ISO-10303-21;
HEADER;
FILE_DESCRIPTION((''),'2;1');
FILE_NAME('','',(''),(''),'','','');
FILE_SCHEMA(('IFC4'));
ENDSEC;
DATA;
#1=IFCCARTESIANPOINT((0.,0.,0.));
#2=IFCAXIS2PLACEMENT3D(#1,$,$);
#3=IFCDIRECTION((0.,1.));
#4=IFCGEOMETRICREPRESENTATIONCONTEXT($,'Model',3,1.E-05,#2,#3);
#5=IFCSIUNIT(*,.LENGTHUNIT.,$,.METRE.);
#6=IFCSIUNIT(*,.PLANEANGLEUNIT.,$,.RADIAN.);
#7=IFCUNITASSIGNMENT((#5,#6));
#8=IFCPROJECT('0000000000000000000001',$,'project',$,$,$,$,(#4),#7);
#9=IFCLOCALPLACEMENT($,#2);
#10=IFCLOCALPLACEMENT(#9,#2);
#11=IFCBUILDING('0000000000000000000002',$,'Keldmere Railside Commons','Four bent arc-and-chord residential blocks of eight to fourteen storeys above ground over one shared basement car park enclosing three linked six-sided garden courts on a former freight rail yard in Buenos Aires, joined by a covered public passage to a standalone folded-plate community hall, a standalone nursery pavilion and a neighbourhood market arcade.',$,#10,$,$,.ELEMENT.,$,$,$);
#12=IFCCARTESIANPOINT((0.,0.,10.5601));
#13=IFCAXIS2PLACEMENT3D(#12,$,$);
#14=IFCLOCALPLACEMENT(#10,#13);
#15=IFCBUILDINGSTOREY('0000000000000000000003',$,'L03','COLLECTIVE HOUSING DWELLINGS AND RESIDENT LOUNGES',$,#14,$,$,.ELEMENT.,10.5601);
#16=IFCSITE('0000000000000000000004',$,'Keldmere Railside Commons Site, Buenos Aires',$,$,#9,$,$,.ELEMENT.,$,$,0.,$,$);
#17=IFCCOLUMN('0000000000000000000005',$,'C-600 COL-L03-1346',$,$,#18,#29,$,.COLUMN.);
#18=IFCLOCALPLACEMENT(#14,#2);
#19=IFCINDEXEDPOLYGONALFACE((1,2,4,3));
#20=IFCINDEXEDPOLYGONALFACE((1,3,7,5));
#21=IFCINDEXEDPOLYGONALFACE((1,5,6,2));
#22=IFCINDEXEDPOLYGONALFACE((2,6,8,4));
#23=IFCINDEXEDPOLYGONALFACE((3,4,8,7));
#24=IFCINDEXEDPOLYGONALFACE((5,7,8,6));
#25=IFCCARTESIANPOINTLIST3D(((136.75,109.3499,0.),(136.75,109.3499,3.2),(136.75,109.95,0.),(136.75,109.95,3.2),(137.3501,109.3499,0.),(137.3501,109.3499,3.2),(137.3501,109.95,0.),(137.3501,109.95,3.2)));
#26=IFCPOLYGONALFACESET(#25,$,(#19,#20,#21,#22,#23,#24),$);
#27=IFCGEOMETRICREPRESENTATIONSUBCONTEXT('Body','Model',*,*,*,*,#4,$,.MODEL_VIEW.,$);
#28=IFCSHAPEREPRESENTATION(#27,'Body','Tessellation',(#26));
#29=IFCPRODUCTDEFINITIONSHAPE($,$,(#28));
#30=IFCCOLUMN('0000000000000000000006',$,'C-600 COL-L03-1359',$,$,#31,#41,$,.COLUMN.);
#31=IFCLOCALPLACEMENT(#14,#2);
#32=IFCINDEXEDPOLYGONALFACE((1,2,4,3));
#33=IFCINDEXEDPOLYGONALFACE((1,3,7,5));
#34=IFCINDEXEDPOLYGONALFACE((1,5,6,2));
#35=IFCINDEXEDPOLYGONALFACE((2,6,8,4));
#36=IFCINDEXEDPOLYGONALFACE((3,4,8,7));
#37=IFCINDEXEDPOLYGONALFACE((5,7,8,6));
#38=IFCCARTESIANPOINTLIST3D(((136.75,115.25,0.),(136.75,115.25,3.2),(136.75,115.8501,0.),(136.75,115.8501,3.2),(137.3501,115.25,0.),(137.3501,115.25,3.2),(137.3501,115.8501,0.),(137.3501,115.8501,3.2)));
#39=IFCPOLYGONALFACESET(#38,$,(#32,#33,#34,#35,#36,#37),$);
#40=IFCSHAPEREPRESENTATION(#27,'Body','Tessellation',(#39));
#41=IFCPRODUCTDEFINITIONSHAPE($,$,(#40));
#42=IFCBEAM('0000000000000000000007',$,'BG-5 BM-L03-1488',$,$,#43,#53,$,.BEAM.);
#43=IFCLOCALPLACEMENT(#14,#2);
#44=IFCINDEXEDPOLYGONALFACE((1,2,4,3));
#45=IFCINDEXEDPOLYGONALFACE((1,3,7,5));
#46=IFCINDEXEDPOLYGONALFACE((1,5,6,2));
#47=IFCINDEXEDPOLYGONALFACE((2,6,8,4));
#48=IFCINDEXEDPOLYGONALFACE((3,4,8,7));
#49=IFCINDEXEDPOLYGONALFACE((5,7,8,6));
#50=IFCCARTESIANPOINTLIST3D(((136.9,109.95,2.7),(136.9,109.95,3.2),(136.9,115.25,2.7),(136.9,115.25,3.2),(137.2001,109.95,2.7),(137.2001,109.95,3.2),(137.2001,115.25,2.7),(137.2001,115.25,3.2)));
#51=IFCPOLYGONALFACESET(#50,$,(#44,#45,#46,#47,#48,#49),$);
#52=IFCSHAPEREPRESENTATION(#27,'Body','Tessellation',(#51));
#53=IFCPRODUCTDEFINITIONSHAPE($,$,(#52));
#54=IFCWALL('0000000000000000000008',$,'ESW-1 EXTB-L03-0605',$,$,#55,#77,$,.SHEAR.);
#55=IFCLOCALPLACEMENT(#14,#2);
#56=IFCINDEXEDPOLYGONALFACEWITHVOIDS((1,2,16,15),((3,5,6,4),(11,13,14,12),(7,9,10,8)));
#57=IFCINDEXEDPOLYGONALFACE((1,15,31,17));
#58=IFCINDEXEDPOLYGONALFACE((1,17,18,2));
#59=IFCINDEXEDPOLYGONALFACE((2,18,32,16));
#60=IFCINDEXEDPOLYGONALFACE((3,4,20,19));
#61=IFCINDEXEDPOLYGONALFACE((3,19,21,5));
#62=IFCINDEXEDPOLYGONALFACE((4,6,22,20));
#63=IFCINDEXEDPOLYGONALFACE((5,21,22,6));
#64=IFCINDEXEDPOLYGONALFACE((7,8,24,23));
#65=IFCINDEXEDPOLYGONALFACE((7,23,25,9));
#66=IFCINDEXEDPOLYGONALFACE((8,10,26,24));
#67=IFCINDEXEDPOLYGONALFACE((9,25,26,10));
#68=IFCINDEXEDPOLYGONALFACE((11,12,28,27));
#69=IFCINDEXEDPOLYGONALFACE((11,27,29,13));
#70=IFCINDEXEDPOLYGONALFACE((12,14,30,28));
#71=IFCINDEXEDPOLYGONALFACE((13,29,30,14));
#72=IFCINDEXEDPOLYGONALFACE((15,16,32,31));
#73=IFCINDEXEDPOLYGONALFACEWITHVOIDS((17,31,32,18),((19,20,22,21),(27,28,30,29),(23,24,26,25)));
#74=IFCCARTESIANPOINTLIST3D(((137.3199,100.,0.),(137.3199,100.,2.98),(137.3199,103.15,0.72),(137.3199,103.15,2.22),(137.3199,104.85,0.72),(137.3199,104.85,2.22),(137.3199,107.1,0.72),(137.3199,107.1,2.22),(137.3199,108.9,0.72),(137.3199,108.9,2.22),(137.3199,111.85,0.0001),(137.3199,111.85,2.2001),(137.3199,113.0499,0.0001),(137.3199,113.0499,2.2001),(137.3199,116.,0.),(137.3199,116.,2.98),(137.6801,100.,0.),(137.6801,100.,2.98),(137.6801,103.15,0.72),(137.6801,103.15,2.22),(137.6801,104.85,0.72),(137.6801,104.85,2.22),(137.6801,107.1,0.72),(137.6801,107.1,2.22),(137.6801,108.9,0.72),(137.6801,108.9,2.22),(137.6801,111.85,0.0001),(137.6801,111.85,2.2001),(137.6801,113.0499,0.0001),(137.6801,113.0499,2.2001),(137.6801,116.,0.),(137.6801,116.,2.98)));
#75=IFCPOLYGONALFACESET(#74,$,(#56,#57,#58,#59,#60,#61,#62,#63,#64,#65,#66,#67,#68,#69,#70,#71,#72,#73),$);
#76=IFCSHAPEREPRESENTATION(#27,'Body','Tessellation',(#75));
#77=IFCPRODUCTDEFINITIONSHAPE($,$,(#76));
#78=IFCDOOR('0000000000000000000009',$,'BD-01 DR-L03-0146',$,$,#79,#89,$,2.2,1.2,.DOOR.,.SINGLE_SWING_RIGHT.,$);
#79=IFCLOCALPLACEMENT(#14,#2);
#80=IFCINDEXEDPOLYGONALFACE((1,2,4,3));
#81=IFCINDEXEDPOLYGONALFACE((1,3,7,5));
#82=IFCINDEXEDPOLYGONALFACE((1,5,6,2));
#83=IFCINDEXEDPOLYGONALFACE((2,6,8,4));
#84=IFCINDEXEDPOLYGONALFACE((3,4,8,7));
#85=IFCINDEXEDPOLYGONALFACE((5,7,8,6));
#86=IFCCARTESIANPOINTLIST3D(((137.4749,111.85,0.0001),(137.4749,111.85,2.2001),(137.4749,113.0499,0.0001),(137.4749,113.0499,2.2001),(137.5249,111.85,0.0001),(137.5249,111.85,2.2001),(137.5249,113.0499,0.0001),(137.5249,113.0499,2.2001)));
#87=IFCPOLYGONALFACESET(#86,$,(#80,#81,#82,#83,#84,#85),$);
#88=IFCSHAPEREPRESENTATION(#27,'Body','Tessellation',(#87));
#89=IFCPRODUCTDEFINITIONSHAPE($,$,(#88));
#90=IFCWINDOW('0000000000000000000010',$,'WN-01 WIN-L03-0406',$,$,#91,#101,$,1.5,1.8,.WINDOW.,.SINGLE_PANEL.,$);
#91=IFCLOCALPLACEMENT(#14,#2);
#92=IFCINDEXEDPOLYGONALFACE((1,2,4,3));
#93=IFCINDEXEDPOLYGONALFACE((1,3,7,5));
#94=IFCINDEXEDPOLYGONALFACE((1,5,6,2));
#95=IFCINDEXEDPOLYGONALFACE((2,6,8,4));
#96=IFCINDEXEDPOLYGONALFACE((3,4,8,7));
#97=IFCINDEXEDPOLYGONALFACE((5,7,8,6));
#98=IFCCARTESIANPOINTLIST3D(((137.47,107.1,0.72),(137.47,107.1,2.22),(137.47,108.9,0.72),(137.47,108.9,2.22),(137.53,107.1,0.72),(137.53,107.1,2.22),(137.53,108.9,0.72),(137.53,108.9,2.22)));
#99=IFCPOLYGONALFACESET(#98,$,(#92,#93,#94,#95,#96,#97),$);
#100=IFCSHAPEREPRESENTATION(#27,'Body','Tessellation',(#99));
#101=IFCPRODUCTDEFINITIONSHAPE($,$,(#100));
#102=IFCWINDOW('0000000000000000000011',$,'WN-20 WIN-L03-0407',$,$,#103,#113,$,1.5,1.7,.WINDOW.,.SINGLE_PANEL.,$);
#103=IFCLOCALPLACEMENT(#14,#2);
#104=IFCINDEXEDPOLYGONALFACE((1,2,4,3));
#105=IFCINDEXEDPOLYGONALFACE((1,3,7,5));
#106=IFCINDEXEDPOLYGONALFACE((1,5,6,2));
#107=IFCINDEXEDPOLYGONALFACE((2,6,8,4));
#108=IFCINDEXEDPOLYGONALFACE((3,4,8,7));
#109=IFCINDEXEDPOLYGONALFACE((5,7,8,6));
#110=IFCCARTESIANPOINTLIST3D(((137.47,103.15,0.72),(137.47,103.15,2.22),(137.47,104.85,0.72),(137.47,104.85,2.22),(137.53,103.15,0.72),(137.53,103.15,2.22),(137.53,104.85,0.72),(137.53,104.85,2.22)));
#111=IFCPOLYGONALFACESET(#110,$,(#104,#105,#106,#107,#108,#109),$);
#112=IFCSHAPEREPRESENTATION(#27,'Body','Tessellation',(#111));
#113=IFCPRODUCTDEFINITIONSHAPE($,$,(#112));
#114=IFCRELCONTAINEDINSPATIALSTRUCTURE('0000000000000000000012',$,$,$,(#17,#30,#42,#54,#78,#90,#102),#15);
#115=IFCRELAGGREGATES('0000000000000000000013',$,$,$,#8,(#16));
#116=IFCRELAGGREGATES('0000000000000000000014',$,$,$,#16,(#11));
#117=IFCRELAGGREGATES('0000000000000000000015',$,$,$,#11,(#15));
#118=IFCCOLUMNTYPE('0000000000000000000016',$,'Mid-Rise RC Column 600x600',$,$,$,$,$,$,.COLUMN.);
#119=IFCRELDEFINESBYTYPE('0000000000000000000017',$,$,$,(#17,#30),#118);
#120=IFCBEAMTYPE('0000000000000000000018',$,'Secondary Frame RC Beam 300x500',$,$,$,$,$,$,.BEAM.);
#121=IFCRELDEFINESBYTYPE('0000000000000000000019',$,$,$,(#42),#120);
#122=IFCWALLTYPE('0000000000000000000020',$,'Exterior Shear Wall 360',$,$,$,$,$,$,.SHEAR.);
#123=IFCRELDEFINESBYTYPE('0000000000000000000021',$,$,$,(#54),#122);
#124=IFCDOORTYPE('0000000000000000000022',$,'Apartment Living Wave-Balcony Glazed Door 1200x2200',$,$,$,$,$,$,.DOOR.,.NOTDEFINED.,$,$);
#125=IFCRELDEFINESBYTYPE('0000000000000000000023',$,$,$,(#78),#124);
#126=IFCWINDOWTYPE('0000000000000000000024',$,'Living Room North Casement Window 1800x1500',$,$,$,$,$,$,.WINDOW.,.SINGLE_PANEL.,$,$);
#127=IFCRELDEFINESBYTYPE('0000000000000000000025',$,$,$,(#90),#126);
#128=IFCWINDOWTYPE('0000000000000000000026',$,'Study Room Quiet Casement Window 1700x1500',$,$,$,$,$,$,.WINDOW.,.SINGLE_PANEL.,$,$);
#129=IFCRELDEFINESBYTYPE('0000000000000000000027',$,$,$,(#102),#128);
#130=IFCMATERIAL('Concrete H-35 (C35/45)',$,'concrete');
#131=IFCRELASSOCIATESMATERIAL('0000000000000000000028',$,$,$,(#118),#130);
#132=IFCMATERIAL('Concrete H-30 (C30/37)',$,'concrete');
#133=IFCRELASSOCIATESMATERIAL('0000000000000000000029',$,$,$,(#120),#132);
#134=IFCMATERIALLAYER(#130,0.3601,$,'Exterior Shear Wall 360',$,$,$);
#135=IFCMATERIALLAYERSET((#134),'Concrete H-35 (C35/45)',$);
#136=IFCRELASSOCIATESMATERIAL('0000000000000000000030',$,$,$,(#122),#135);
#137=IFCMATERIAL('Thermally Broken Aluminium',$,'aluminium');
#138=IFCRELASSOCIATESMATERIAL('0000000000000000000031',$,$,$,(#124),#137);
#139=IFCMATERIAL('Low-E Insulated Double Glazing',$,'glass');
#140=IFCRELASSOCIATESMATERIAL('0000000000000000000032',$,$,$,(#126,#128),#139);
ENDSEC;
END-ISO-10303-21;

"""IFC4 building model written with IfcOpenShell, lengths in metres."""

from ifc_helpers import new_model, si_unit, direction, frame, frame_2d, origin, origin_2d, place, context, subcontext, project, spatial, rectangle, extrude, material, layer, layer_set, material_profile, profile_set, type_object, element, fill, save


model = new_model("IFC4")

# Units and contexts
model_context = context("Model", 3, precision=1e-05, world=origin(), true_north=direction((0.0, 1.0)))
body_context = subcontext(model_context, "Body", "Model", "MODEL_VIEW")
ifc_project = project(units=[si_unit("LENGTHUNIT", "METRE"), si_unit("PLANEANGLEUNIT", "RADIAN")], contexts=[model_context])

# Site, building, storey
site_placement = place(None, origin())
site = spatial("IfcSite", under=ifc_project, at=site_placement, Name="Keldmere Railside Commons Site, Buenos Aires", CompositionType="ELEMENT", RefElevation=0.0)
building_placement = place(site_placement, origin())
building = spatial("IfcBuilding", under=site, at=building_placement, Name="Keldmere Railside Commons", Description="Four bent arc-and-chord residential blocks of eight to fourteen storeys above ground over one shared basement car park enclosing three linked six-sided garden courts on a former freight rail yard in Buenos Aires, joined by a covered public passage to a standalone folded-plate community hall, a standalone nursery pavilion and a neighbourhood market arcade.", CompositionType="ELEMENT")
storey_placement = place(building_placement, frame((0.0, 0.0, 10.5601)))
storey = spatial("IfcBuildingStorey", under=building, at=storey_placement, Name="L03", Description="COLLECTIVE HOUSING DWELLINGS AND RESIDENT LOUNGES", CompositionType="ELEMENT", Elevation=10.5601)

# Columns
ifc_material_1 = material(Name="Concrete H-35 (C35/45)", Category="concrete")
ifc_material_profile_1 = material_profile(ifc_material_1, rectangle(XDim=0.6001, YDim=0.6001, at=origin_2d()), Name="RC-600x600")
ifc_profile_set_1 = profile_set([ifc_material_profile_1], Name="Concrete H-35 (C35/45)")
column_type = type_object("IfcColumnType", Name="Mid-Rise RC Column 600x600", PredefinedType="COLUMN", material=ifc_profile_set_1)
for number, where, z_axis, x_axis, name in (
    (1, (137.05, 109.6499, 0.0), (0.0, 0.0, 1.0), (1.0, 0.0, 0.0), "C-600 COL-L03-1346"),
    (2, (137.05, 115.55, 0.0), (0.0, 0.0, 1.0), (1.0, 0.0, 0.0), "C-600 COL-L03-1359"),
):
    element("IfcColumn", number, at=place(storey_placement, frame(where, z_axis=z_axis, x_axis=x_axis)), inside=storey, type_object=column_type, Name=name, PredefinedType="COLUMN", context=body_context, shape_type="SweptSolid", body=[
        extrude(rectangle(XDim=0.6001, YDim=0.6001, at=origin_2d()), origin(), (0.0, 0.0, 1.0), 3.2),
    ])

# Beam
ifc_material_2 = material(Name="Concrete H-30 (C30/37)", Category="concrete")
ifc_material_profile_2 = material_profile(ifc_material_2, rectangle(XDim=0.3, YDim=0.5, at=origin_2d()), Name="RC-300x500")
ifc_profile_set_2 = profile_set([ifc_material_profile_2], Name="Concrete H-30 (C30/37)")
beam_type = type_object("IfcBeamType", Name="Secondary Frame RC Beam 300x500", PredefinedType="BEAM", material=ifc_profile_set_2)
beam_placement = place(storey_placement, frame((137.05, 109.95, 2.95), z_axis=(0.0, 1.0, 0.0), x_axis=(-1.0, 0.0, 0.0)))
element("IfcBeam", 3, at=beam_placement, inside=storey, type_object=beam_type, Name="BG-5 BM-L03-1488", PredefinedType="BEAM", context=body_context, shape_type="SweptSolid", body=[
    extrude(rectangle(XDim=0.3, YDim=0.5, at=origin_2d()), origin(), (0.0, 0.0, 1.0), 5.3),
])

# Wall, openings, door, windows
ifc_layer = layer(ifc_material_1, 0.3601, Name="Exterior Shear Wall 360")
ifc_layer_set = layer_set([ifc_layer], Name="Concrete H-35 (C35/45)")
wall_type = type_object("IfcWallType", Name="Exterior Shear Wall 360", PredefinedType="SHEAR", material=ifc_layer_set)
wall_placement = place(storey_placement, frame((137.5, 116.0, 0.0), z_axis=(0.0, 0.0, 1.0), x_axis=(0.0, -1.0, 0.0)))
wall = element("IfcWall", 4, at=wall_placement, inside=storey, type_object=wall_type, Name="ESW-1 EXTB-L03-0605", PredefinedType="SHEAR", context=body_context, shape_type="SweptSolid", body=[
    extrude(rectangle(XDim=16.0, YDim=0.3601, at=frame_2d((8.0, 0.0))), origin(), (0.0, 0.0, 1.0), 2.98),
])
opening_1_placement = place(wall_placement, frame((2.95, 0.0, 0.0)))
opening_1 = element("IfcOpeningElement", 5, at=opening_1_placement, cuts=wall, PredefinedType="OPENING", context=body_context, shape_type="SweptSolid", body=[
    extrude(rectangle(XDim=1.2, YDim=2.2, at=frame_2d((0.6001, 1.1001))), frame((0.0, 0.1899, 0.0), z_axis=(0.0, -1.0, 0.0), x_axis=(1.0, 0.0, 0.0)), (0.0, 0.0, 1.0), 0.3801),
])
opening_2_placement = place(wall_placement, frame((7.1001, 0.0, 0.72)))
opening_2 = element("IfcOpeningElement", 6, at=opening_2_placement, cuts=wall, PredefinedType="OPENING", context=body_context, shape_type="SweptSolid", body=[
    extrude(rectangle(XDim=1.8, YDim=1.5, at=frame_2d((0.8999, 0.75))), frame((0.0, 0.1899, 0.0), z_axis=(0.0, -1.0, 0.0), x_axis=(1.0, 0.0, 0.0)), (0.0, 0.0, 1.0), 0.3801),
])
opening_3_placement = place(wall_placement, frame((11.1499, 0.0, 0.72)))
opening_3 = element("IfcOpeningElement", 7, at=opening_3_placement, cuts=wall, PredefinedType="OPENING", context=body_context, shape_type="SweptSolid", body=[
    extrude(rectangle(XDim=1.7, YDim=1.5, at=frame_2d((0.8501, 0.75))), frame((0.0, 0.1899, 0.0), z_axis=(0.0, -1.0, 0.0), x_axis=(1.0, 0.0, 0.0)), (0.0, 0.0, 1.0), 0.3801),
])
ifc_material_3 = material(Name="Thermally Broken Aluminium", Category="aluminium")
door_type = type_object("IfcDoorType", Name="Apartment Living Wave-Balcony Glazed Door 1200x2200", OperationType="NOTDEFINED", PredefinedType="DOOR", material=ifc_material_3)
door_placement = place(opening_1_placement, origin())
door = element("IfcDoor", 8, at=door_placement, inside=storey, type_object=door_type, Name="BD-01 DR-L03-0146", OperationType="SINGLE_SWING_RIGHT", OverallHeight=2.2, OverallWidth=1.2, PredefinedType="DOOR", context=body_context, shape_type="SweptSolid", body=[
    extrude(rectangle(XDim=1.2, YDim=2.2, at=frame_2d((0.6001, 1.1001))), frame((0.0, 0.0249, 0.0), z_axis=(0.0, -1.0, 0.0), x_axis=(1.0, 0.0, 0.0)), (0.0, 0.0, 1.0), 0.05),
])
fill(opening_1, door)
ifc_material_4 = material(Name="Low-E Insulated Double Glazing", Category="glass")
window_type_1 = type_object("IfcWindowType", Name="Living Room North Casement Window 1800x1500", PartitioningType="SINGLE_PANEL", PredefinedType="WINDOW", material=ifc_material_4)
window_1_placement = place(opening_2_placement, origin())
window_1 = element("IfcWindow", 9, at=window_1_placement, inside=storey, type_object=window_type_1, Name="WN-01 WIN-L03-0406", OverallHeight=1.5, OverallWidth=1.8, PartitioningType="SINGLE_PANEL", PredefinedType="WINDOW", context=body_context, shape_type="SweptSolid", body=[
    extrude(rectangle(XDim=1.8, YDim=1.5, at=frame_2d((0.8999, 0.75))), frame((0.0, 0.03, 0.0), z_axis=(0.0, -1.0, 0.0), x_axis=(1.0, 0.0, 0.0)), (0.0, 0.0, 1.0), 0.0601),
])
fill(opening_2, window_1)
window_type_2 = type_object("IfcWindowType", Name="Study Room Quiet Casement Window 1700x1500", PartitioningType="SINGLE_PANEL", PredefinedType="WINDOW", material=ifc_material_4)
window_2_placement = place(opening_3_placement, origin())
window_2 = element("IfcWindow", 10, at=window_2_placement, inside=storey, type_object=window_type_2, Name="WN-20 WIN-L03-0407", OverallHeight=1.5, OverallWidth=1.7, PartitioningType="SINGLE_PANEL", PredefinedType="WINDOW", context=body_context, shape_type="SweptSolid", body=[
    extrude(rectangle(XDim=1.7, YDim=1.5, at=frame_2d((0.8501, 0.75))), frame((0.0, 0.03, 0.0), z_axis=(0.0, -1.0, 0.0), x_axis=(1.0, 0.0, 0.0)), (0.0, 0.0, 1.0), 0.0601),
])
fill(opening_3, window_2)

save(model, "model.ifc")
